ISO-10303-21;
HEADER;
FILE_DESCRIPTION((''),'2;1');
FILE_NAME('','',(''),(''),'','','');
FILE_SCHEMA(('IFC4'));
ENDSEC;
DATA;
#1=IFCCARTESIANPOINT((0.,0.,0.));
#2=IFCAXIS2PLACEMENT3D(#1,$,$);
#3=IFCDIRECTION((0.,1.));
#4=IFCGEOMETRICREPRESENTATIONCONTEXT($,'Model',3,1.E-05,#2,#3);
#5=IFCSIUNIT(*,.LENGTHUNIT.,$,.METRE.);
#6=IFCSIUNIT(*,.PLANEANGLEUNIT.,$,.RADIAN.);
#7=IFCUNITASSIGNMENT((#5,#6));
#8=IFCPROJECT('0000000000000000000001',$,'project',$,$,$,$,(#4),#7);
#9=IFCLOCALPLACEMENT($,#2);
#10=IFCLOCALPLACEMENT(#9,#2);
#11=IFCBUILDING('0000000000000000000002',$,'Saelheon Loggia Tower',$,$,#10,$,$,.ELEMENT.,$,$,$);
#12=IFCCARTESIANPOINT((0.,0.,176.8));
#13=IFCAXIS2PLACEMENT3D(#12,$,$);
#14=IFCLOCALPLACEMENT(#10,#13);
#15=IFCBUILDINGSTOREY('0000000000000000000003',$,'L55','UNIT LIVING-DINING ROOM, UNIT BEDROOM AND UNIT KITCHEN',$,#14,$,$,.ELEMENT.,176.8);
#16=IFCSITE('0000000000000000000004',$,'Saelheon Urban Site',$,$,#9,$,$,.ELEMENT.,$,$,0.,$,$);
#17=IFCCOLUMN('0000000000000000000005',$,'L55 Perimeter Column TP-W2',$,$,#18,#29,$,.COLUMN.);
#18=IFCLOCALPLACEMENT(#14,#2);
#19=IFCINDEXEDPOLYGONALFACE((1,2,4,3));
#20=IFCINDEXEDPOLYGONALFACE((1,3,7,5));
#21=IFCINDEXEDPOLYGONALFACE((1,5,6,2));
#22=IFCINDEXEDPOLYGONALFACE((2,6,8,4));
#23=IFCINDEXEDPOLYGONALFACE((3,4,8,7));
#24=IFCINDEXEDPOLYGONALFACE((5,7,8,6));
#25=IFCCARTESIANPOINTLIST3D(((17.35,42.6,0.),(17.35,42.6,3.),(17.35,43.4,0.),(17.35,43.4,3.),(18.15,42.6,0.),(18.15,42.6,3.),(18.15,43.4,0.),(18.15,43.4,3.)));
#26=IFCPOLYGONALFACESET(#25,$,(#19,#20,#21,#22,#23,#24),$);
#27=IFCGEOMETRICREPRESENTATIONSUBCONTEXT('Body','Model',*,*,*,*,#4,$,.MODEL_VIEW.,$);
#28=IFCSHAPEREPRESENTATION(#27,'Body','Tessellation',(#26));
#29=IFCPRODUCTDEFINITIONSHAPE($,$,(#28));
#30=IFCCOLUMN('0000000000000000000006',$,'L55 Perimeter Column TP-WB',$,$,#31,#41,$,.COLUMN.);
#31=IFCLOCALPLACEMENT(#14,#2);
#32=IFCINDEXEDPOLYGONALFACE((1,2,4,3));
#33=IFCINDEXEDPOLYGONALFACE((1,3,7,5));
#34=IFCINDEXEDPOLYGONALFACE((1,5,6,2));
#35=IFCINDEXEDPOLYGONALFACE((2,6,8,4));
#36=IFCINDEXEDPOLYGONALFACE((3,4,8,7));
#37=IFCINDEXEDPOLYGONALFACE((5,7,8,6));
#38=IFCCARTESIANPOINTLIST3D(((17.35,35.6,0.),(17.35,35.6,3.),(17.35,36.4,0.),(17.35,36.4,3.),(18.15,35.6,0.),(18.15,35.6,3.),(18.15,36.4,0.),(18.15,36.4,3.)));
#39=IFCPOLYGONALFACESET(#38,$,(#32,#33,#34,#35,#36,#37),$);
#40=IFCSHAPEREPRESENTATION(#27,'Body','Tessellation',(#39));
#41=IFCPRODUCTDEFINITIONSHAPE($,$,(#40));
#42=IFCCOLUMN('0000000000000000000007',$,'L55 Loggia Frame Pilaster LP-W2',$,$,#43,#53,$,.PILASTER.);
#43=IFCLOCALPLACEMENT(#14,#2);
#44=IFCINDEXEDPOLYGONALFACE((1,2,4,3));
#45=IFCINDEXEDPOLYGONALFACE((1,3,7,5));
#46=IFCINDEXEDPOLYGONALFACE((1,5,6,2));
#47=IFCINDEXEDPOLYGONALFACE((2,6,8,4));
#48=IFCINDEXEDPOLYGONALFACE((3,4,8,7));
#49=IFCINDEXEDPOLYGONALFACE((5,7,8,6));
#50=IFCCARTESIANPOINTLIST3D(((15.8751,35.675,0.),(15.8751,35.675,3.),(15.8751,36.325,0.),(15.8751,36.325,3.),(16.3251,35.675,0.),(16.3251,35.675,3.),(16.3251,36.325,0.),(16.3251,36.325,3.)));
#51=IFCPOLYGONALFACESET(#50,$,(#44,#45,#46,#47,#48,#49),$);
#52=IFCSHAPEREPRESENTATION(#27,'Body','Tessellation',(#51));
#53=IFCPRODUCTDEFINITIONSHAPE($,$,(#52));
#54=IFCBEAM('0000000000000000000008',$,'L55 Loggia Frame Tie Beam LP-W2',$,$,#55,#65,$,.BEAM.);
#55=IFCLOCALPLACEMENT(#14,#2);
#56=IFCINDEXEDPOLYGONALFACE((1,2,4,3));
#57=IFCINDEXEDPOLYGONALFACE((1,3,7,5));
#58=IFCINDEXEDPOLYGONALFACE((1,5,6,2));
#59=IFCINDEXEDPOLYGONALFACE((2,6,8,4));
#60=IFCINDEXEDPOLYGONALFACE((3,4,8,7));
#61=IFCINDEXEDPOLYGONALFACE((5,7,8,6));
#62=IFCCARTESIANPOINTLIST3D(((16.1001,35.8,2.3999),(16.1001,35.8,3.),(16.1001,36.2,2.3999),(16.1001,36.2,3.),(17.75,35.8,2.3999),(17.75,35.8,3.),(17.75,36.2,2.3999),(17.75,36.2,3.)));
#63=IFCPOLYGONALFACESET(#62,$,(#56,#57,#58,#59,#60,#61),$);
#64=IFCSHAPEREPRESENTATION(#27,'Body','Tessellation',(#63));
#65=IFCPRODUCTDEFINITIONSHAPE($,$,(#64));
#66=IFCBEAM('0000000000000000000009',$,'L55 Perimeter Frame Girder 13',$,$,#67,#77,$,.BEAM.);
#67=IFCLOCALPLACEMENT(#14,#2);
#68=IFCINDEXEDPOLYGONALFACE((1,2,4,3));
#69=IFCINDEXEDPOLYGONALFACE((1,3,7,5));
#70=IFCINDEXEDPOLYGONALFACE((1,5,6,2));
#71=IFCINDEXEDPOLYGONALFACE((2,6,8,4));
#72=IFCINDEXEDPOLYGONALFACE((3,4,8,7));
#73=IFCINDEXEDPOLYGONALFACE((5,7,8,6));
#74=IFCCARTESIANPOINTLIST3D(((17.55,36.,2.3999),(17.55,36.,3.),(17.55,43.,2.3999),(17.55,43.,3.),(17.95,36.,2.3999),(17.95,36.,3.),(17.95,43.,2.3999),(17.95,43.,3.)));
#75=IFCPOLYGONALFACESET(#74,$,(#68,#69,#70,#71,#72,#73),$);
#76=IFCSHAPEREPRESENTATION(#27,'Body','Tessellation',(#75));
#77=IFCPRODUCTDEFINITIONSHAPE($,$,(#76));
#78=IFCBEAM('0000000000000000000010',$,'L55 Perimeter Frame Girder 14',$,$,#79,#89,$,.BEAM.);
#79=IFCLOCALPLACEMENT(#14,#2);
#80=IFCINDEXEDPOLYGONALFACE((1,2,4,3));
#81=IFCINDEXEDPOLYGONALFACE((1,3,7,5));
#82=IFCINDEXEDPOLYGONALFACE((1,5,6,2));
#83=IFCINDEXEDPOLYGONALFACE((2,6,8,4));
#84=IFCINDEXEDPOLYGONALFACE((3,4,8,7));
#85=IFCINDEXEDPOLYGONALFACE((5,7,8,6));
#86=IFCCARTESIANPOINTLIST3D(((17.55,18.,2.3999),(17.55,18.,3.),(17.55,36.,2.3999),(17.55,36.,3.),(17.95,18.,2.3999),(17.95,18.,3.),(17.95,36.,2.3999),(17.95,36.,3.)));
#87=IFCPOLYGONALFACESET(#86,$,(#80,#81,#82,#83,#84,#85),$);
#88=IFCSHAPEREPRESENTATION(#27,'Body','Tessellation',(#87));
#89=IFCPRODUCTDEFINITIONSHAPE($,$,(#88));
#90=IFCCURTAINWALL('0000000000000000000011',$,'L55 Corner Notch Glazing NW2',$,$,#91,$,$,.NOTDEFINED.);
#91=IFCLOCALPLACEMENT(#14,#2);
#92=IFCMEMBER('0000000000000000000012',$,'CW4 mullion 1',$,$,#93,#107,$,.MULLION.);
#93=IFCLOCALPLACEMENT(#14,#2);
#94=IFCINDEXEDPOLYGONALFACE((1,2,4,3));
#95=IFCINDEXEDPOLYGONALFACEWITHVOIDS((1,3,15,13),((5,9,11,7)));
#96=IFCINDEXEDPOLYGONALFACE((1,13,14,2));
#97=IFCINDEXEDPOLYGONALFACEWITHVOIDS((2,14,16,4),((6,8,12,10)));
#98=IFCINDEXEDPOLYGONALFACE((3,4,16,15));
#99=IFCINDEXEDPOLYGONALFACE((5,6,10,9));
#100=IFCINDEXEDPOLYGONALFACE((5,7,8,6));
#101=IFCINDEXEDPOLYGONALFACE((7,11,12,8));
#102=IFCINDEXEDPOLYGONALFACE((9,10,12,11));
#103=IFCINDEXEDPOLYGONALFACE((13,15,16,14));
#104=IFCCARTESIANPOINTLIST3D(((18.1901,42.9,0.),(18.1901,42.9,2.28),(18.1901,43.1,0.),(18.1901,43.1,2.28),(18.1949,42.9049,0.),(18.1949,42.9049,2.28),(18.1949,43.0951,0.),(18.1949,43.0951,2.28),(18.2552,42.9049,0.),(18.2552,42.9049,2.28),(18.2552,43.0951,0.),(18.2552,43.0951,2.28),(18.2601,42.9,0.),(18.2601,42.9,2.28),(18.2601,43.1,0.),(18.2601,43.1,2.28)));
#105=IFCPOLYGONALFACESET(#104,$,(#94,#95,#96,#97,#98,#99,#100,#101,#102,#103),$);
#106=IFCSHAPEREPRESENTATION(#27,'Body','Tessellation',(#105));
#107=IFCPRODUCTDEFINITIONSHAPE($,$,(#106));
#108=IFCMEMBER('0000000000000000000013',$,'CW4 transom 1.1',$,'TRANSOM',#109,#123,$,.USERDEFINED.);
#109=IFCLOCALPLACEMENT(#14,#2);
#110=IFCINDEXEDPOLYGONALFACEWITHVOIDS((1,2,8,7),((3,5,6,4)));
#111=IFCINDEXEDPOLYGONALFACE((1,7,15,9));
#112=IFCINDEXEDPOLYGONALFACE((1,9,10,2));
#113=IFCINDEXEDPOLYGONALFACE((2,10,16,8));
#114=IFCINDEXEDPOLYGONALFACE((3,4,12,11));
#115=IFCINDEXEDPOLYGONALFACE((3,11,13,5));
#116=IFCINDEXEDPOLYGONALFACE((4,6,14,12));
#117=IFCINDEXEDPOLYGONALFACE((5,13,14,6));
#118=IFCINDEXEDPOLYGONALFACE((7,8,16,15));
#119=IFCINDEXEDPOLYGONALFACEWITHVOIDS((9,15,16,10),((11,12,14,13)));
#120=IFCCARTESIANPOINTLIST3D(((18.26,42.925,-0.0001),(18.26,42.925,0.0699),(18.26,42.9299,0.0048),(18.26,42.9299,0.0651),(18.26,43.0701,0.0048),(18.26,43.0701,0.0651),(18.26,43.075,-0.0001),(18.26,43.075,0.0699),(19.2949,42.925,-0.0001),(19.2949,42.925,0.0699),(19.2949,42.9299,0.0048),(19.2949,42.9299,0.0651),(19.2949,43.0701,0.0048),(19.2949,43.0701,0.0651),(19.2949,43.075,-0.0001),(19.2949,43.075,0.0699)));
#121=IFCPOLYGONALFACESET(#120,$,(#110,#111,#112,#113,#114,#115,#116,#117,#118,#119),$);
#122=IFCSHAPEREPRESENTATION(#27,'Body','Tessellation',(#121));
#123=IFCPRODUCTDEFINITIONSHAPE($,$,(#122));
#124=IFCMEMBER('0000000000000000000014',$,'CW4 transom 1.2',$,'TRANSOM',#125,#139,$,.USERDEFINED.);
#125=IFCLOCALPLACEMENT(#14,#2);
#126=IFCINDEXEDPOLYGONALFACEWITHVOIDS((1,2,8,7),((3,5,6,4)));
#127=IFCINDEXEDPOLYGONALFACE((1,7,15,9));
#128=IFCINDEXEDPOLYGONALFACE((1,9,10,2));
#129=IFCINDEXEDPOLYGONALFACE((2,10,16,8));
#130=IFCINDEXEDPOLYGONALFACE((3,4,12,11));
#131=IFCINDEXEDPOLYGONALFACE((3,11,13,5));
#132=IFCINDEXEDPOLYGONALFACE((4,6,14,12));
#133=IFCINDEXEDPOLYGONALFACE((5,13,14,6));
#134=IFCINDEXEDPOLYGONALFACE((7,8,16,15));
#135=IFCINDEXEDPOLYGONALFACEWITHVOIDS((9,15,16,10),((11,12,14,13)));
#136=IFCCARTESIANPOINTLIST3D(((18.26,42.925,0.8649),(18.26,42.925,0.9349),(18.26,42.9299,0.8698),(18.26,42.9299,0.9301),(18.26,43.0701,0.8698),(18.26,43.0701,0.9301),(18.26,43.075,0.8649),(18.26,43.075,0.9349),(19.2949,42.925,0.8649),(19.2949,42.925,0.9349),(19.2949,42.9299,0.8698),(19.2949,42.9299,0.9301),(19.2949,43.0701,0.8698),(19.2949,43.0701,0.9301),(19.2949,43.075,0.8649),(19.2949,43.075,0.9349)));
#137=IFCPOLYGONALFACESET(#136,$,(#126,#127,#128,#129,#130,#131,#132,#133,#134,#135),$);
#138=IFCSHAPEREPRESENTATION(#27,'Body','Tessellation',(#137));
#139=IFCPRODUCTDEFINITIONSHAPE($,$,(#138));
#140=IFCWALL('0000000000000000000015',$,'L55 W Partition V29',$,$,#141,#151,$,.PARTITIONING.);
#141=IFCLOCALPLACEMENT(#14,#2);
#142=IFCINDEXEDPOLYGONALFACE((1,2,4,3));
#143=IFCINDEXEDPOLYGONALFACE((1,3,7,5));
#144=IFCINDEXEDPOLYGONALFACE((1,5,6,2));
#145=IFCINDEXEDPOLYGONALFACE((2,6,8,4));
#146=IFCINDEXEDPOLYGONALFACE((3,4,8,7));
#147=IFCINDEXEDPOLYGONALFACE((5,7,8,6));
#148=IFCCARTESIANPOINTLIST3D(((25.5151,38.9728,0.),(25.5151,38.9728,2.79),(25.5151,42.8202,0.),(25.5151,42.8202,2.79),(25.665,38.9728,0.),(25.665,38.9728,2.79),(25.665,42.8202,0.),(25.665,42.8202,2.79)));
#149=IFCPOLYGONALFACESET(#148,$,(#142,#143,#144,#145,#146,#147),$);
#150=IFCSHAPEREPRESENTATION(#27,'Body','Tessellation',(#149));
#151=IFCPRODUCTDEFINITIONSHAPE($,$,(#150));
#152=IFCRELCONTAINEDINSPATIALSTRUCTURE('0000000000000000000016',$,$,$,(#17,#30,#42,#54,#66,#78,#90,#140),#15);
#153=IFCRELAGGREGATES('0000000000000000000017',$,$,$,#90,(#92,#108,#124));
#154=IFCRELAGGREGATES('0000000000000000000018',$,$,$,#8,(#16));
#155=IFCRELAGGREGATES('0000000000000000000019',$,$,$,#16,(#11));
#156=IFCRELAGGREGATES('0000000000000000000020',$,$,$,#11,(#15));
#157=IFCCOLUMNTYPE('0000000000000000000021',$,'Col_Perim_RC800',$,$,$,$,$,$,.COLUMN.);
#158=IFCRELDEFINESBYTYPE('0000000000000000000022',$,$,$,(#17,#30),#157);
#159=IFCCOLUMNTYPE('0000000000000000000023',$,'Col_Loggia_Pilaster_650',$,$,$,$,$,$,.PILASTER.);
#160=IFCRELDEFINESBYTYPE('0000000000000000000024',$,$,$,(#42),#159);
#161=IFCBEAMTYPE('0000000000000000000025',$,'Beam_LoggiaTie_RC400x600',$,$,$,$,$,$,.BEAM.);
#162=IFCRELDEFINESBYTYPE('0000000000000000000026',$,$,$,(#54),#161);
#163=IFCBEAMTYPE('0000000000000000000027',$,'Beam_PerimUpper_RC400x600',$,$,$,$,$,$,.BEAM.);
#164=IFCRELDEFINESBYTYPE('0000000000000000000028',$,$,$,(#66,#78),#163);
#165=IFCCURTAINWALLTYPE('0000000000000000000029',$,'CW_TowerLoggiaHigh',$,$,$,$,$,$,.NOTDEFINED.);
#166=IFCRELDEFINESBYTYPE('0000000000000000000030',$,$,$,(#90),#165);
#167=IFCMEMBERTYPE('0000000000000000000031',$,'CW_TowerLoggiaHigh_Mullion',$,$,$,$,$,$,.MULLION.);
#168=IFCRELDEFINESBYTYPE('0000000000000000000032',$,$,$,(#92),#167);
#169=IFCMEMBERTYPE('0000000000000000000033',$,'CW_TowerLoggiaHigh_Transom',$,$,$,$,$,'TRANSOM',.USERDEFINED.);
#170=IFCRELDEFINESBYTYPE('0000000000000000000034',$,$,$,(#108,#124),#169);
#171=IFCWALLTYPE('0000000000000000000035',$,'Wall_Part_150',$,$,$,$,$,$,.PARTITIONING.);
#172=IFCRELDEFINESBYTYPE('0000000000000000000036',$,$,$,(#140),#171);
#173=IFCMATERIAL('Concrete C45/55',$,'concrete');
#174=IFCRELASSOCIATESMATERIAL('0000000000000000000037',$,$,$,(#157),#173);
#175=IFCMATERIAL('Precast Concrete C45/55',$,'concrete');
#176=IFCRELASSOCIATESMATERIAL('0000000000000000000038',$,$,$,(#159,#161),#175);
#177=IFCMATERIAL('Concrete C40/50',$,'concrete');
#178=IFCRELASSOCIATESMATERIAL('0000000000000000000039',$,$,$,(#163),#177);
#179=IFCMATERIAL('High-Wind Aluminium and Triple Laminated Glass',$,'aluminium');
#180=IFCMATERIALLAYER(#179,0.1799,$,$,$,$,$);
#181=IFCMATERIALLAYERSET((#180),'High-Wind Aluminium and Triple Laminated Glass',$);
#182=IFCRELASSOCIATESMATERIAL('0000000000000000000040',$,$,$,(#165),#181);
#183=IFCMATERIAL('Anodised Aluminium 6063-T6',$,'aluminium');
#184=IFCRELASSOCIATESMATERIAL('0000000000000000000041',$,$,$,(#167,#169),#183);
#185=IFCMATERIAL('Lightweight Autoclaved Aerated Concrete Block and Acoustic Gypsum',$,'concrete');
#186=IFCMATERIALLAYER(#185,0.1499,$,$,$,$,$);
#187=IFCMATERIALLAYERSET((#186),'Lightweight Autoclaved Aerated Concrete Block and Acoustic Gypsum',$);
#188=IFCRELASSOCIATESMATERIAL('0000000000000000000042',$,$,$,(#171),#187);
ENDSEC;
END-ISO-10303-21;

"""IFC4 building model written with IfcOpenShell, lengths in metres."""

from ifc_helpers import new_model, si_unit, direction, frame, frame_2d, origin, origin_2d, place, context, subcontext, project, spatial, rectangle, hollow_rectangle, extrude, source, transform, mapped, material, layer, layer_set, material_profile, profile_set, type_object, element, aggregate, save


model = new_model("IFC4")

# Units and contexts
model_context = context("Model", 3, precision=1e-05, world=origin(), true_north=direction((0.0, 1.0)))
body_context = subcontext(model_context, "Body", "Model", "MODEL_VIEW")
ifc_project = project(units=[si_unit("LENGTHUNIT", "METRE"), si_unit("PLANEANGLEUNIT", "RADIAN")], contexts=[model_context])

# Site, building, storey
site_placement = place(None, origin())
site = spatial("IfcSite", under=ifc_project, at=site_placement, Name="Saelheon Urban Site", CompositionType="ELEMENT", RefElevation=0.0)
building_placement = place(site_placement, origin())
building = spatial("IfcBuilding", under=site, at=building_placement, Name="Saelheon Loggia Tower", CompositionType="ELEMENT")
storey_placement = place(building_placement, frame((0.0, 0.0, 176.8)))
storey = spatial("IfcBuildingStorey", under=building, at=storey_placement, Name="L55", Description="UNIT LIVING-DINING ROOM, UNIT BEDROOM AND UNIT KITCHEN", CompositionType="ELEMENT", Elevation=176.8)

# Columns
ifc_material_1 = material(Name="Concrete C45/55", Category="concrete")
ifc_material_profile_1 = material_profile(ifc_material_1, rectangle(XDim=0.8, YDim=0.8, at=origin_2d()), Name="RC-800x800")
ifc_profile_set_1 = profile_set([ifc_material_profile_1], Name="Concrete C45/55")
column_type_1 = type_object("IfcColumnType", Name="Col_Perim_RC800", PredefinedType="COLUMN", material=ifc_profile_set_1)
shared_shape_1 = source(origin(), body_context, "Body", "SweptSolid", [
    extrude(rectangle(XDim=0.8, YDim=0.8, at=origin_2d()), origin(), (0.0, 0.0, 1.0), 3.0),
])
for number, where, z_axis, x_axis, name in (
    (1, (17.75, 43.0, 0.0), (0.0, 0.0, 1.0), (1.0, 0.0, 0.0), "L55 Perimeter Column TP-W2"),
    (2, (17.75, 36.0, 0.0), (0.0, 0.0, 1.0), (1.0, 0.0, 0.0), "L55 Perimeter Column TP-WB"),
):
    element("IfcColumn", number, at=place(storey_placement, frame(where, z_axis=z_axis, x_axis=x_axis)), inside=storey, type_object=column_type_1, Name=name, PredefinedType="COLUMN", context=body_context, shape_type="MappedRepresentation", body=[
        mapped(shared_shape_1, transform((0.0, 0.0, 0.0), scale=1.0)),
    ])
ifc_material_2 = material(Name="Precast Concrete C45/55", Category="concrete")
ifc_material_profile_2 = material_profile(ifc_material_2, rectangle(XDim=0.45, YDim=0.6499, at=origin_2d()), Name="RC-450x650")
ifc_profile_set_2 = profile_set([ifc_material_profile_2], Name="Precast Concrete C45/55")
column_type_2 = type_object("IfcColumnType", Name="Col_Loggia_Pilaster_650", PredefinedType="PILASTER", material=ifc_profile_set_2)
shared_shape_2 = source(origin(), body_context, "Body", "SweptSolid", [
    extrude(rectangle(XDim=0.45, YDim=0.6499, at=origin_2d()), origin(), (0.0, 0.0, 1.0), 3.0),
])
column_placement = place(storey_placement, frame((16.1001, 36.0, 0.0), z_axis=(0.0, 0.0, 1.0), x_axis=(1.0, 0.0, 0.0)))
element("IfcColumn", 3, at=column_placement, inside=storey, type_object=column_type_2, Name="L55 Loggia Frame Pilaster LP-W2", PredefinedType="PILASTER", context=body_context, shape_type="MappedRepresentation", body=[
    mapped(shared_shape_2, transform((0.0, 0.0, 0.0), scale=1.0)),
])

# Beams
ifc_material_profile_3 = material_profile(ifc_material_2, rectangle(XDim=0.3999, YDim=0.6001, at=origin_2d()), Name="RC-400x600")
ifc_profile_set_3 = profile_set([ifc_material_profile_3], Name="Precast Concrete C45/55")
beam_type_1 = type_object("IfcBeamType", Name="Beam_LoggiaTie_RC400x600", PredefinedType="BEAM", material=ifc_profile_set_3)
shared_shape_3 = source(origin(), body_context, "Body", "SweptSolid", [
    extrude(rectangle(XDim=0.3999, YDim=0.6001, at=origin_2d()), origin(), (0.0, 0.0, 1.0), 1.6499),
])
beam_1_placement = place(storey_placement, frame((17.75, 36.0, 2.7), z_axis=(-1.0, 0.0, 0.0), x_axis=(0.0, -1.0, 0.0)))
element("IfcBeam", 4, at=beam_1_placement, inside=storey, type_object=beam_type_1, Name="L55 Loggia Frame Tie Beam LP-W2", PredefinedType="BEAM", context=body_context, shape_type="MappedRepresentation", body=[
    mapped(shared_shape_3, transform((0.0, 0.0, 0.0), scale=1.0)),
])
ifc_material_3 = material(Name="Concrete C40/50", Category="concrete")
ifc_material_profile_4 = material_profile(ifc_material_3, rectangle(XDim=0.3999, YDim=0.6001, at=origin_2d()), Name="RC-400x600")
ifc_profile_set_4 = profile_set([ifc_material_profile_4], Name="Concrete C40/50")
beam_type_2 = type_object("IfcBeamType", Name="Beam_PerimUpper_RC400x600", PredefinedType="BEAM", material=ifc_profile_set_4)
shared_shape_4 = source(origin(), body_context, "Body", "SweptSolid", [
    extrude(rectangle(XDim=0.3999, YDim=0.6001, at=origin_2d()), origin(), (0.0, 0.0, 1.0), 7.0),
])
beam_2_placement = place(storey_placement, frame((17.75, 43.0, 2.7), z_axis=(0.0, -1.0, 0.0), x_axis=(1.0, 0.0, 0.0)))
element("IfcBeam", 5, at=beam_2_placement, inside=storey, type_object=beam_type_2, Name="L55 Perimeter Frame Girder 13", PredefinedType="BEAM", context=body_context, shape_type="MappedRepresentation", body=[
    mapped(shared_shape_4, transform((0.0, 0.0, 0.0), scale=1.0)),
])
shared_shape_5 = source(origin(), body_context, "Body", "SweptSolid", [
    extrude(rectangle(XDim=0.3999, YDim=0.6001, at=origin_2d()), origin(), (0.0, 0.0, 1.0), 18.0),
])
beam_3_placement = place(storey_placement, frame((17.75, 36.0, 2.7), z_axis=(0.0, -1.0, 0.0), x_axis=(1.0, 0.0, 0.0)))
element("IfcBeam", 6, at=beam_3_placement, inside=storey, type_object=beam_type_2, Name="L55 Perimeter Frame Girder 14", PredefinedType="BEAM", context=body_context, shape_type="MappedRepresentation", body=[
    mapped(shared_shape_5, transform((0.0, 0.0, 0.0), scale=1.0)),
])

# Curtain wall, members
ifc_material_4 = material(Name="High-Wind Aluminium and Triple Laminated Glass", Category="aluminium")
ifc_layer_1 = layer(ifc_material_4, 0.1799)
ifc_layer_set_1 = layer_set([ifc_layer_1], Name="High-Wind Aluminium and Triple Laminated Glass")
curtain_wall_type = type_object("IfcCurtainWallType", Name="CW_TowerLoggiaHigh", PredefinedType="NOTDEFINED", material=ifc_layer_set_1)
curtain_wall_placement = place(storey_placement, origin())
curtain_wall = element("IfcCurtainWall", 7, at=curtain_wall_placement, inside=storey, type_object=curtain_wall_type, Name="L55 Corner Notch Glazing NW2", PredefinedType="NOTDEFINED")
ifc_material_5 = material(Name="Anodised Aluminium 6063-T6", Category="aluminium")
ifc_material_profile_5 = material_profile(ifc_material_5, hollow_rectangle(XDim=0.0701, YDim=0.2, WallThickness=0.0049, at=origin_2d()), Name="RHS-200x70x5")
ifc_profile_set_5 = profile_set([ifc_material_profile_5], Name="Anodised Aluminium 6063-T6")
member_type_1 = type_object("IfcMemberType", Name="CW_TowerLoggiaHigh_Mullion", PredefinedType="MULLION", material=ifc_profile_set_5)
shared_shape_6 = source(origin(), body_context, "Body", "SweptSolid", [
    extrude(hollow_rectangle(XDim=0.0701, YDim=0.2, WallThickness=0.0049, at=origin_2d()), origin(), (0.0, 0.0, 1.0), 2.28),
])
member_1_placement = place(storey_placement, frame((18.2251, 43.0, 0.0), z_axis=(0.0, 0.0, 1.0), x_axis=(1.0, 0.0, 0.0)))
member_1 = element("IfcMember", 8, at=member_1_placement, type_object=member_type_1, Name="CW4 mullion 1", PredefinedType="MULLION", context=body_context, shape_type="MappedRepresentation", body=[
    mapped(shared_shape_6, transform((0.0, 0.0, 0.0), scale=1.0)),
])
ifc_material_profile_6 = material_profile(ifc_material_5, hollow_rectangle(XDim=0.0701, YDim=0.1499, WallThickness=0.0049, at=origin_2d()), Name="RHS-150x70x5")
ifc_profile_set_6 = profile_set([ifc_material_profile_6], Name="Anodised Aluminium 6063-T6")
member_type_2 = type_object("IfcMemberType", Name="CW_TowerLoggiaHigh_Transom", ElementType="TRANSOM", PredefinedType="USERDEFINED", material=ifc_profile_set_6)
shared_shape_7 = source(origin(), body_context, "Body", "SweptSolid", [
    extrude(hollow_rectangle(XDim=0.0701, YDim=0.1499, WallThickness=0.0049, at=origin_2d()), origin(), (0.0, 0.0, 1.0), 1.0349),
])
member_2_placement = place(storey_placement, frame((18.26, 43.0, 0.0349), z_axis=(1.0, 0.0, 0.0), x_axis=(0.0, 0.0, 1.0)))
member_2 = element("IfcMember", 9, at=member_2_placement, type_object=member_type_2, Name="CW4 transom 1.1", ObjectType="TRANSOM", PredefinedType="USERDEFINED", context=body_context, shape_type="MappedRepresentation", body=[
    mapped(shared_shape_7, transform((0.0, 0.0, 0.0), scale=1.0)),
])
member_3_placement = place(storey_placement, frame((18.26, 43.0, 0.8999), z_axis=(1.0, 0.0, 0.0), x_axis=(0.0, 0.0, 1.0)))
member_3 = element("IfcMember", 10, at=member_3_placement, type_object=member_type_2, Name="CW4 transom 1.2", ObjectType="TRANSOM", PredefinedType="USERDEFINED", context=body_context, shape_type="MappedRepresentation", body=[
    mapped(shared_shape_7, transform((0.0, 0.0, 0.0), scale=1.0)),
])
aggregate(curtain_wall, [member_1, member_2, member_3])

# Wall
ifc_material_6 = material(Name="Lightweight Autoclaved Aerated Concrete Block and Acoustic Gypsum", Category="concrete")
ifc_layer_2 = layer(ifc_material_6, 0.1499)
ifc_layer_set_2 = layer_set([ifc_layer_2], Name="Lightweight Autoclaved Aerated Concrete Block and Acoustic Gypsum")
wall_type_1 = type_object("IfcWallType", Name="Wall_Part_150", PredefinedType="PARTITIONING", material=ifc_layer_set_2)
wall_1_placement = place(storey_placement, frame((25.5901, 38.9727, 0.0), z_axis=(0.0, 0.0, 1.0), x_axis=(0.0, 1.0, 0.0)))
element("IfcWall", 11, at=wall_1_placement, inside=storey, type_object=wall_type_1, Name="L55 W Partition V29", PredefinedType="PARTITIONING", context=body_context, shape_type="SweptSolid", body=[
    extrude(rectangle(XDim=3.8474, YDim=0.1499, at=frame_2d((1.9238, 0.0))), origin(), (0.0, 0.0, 1.0), 2.79),
])

save(model, "model.ifc")
